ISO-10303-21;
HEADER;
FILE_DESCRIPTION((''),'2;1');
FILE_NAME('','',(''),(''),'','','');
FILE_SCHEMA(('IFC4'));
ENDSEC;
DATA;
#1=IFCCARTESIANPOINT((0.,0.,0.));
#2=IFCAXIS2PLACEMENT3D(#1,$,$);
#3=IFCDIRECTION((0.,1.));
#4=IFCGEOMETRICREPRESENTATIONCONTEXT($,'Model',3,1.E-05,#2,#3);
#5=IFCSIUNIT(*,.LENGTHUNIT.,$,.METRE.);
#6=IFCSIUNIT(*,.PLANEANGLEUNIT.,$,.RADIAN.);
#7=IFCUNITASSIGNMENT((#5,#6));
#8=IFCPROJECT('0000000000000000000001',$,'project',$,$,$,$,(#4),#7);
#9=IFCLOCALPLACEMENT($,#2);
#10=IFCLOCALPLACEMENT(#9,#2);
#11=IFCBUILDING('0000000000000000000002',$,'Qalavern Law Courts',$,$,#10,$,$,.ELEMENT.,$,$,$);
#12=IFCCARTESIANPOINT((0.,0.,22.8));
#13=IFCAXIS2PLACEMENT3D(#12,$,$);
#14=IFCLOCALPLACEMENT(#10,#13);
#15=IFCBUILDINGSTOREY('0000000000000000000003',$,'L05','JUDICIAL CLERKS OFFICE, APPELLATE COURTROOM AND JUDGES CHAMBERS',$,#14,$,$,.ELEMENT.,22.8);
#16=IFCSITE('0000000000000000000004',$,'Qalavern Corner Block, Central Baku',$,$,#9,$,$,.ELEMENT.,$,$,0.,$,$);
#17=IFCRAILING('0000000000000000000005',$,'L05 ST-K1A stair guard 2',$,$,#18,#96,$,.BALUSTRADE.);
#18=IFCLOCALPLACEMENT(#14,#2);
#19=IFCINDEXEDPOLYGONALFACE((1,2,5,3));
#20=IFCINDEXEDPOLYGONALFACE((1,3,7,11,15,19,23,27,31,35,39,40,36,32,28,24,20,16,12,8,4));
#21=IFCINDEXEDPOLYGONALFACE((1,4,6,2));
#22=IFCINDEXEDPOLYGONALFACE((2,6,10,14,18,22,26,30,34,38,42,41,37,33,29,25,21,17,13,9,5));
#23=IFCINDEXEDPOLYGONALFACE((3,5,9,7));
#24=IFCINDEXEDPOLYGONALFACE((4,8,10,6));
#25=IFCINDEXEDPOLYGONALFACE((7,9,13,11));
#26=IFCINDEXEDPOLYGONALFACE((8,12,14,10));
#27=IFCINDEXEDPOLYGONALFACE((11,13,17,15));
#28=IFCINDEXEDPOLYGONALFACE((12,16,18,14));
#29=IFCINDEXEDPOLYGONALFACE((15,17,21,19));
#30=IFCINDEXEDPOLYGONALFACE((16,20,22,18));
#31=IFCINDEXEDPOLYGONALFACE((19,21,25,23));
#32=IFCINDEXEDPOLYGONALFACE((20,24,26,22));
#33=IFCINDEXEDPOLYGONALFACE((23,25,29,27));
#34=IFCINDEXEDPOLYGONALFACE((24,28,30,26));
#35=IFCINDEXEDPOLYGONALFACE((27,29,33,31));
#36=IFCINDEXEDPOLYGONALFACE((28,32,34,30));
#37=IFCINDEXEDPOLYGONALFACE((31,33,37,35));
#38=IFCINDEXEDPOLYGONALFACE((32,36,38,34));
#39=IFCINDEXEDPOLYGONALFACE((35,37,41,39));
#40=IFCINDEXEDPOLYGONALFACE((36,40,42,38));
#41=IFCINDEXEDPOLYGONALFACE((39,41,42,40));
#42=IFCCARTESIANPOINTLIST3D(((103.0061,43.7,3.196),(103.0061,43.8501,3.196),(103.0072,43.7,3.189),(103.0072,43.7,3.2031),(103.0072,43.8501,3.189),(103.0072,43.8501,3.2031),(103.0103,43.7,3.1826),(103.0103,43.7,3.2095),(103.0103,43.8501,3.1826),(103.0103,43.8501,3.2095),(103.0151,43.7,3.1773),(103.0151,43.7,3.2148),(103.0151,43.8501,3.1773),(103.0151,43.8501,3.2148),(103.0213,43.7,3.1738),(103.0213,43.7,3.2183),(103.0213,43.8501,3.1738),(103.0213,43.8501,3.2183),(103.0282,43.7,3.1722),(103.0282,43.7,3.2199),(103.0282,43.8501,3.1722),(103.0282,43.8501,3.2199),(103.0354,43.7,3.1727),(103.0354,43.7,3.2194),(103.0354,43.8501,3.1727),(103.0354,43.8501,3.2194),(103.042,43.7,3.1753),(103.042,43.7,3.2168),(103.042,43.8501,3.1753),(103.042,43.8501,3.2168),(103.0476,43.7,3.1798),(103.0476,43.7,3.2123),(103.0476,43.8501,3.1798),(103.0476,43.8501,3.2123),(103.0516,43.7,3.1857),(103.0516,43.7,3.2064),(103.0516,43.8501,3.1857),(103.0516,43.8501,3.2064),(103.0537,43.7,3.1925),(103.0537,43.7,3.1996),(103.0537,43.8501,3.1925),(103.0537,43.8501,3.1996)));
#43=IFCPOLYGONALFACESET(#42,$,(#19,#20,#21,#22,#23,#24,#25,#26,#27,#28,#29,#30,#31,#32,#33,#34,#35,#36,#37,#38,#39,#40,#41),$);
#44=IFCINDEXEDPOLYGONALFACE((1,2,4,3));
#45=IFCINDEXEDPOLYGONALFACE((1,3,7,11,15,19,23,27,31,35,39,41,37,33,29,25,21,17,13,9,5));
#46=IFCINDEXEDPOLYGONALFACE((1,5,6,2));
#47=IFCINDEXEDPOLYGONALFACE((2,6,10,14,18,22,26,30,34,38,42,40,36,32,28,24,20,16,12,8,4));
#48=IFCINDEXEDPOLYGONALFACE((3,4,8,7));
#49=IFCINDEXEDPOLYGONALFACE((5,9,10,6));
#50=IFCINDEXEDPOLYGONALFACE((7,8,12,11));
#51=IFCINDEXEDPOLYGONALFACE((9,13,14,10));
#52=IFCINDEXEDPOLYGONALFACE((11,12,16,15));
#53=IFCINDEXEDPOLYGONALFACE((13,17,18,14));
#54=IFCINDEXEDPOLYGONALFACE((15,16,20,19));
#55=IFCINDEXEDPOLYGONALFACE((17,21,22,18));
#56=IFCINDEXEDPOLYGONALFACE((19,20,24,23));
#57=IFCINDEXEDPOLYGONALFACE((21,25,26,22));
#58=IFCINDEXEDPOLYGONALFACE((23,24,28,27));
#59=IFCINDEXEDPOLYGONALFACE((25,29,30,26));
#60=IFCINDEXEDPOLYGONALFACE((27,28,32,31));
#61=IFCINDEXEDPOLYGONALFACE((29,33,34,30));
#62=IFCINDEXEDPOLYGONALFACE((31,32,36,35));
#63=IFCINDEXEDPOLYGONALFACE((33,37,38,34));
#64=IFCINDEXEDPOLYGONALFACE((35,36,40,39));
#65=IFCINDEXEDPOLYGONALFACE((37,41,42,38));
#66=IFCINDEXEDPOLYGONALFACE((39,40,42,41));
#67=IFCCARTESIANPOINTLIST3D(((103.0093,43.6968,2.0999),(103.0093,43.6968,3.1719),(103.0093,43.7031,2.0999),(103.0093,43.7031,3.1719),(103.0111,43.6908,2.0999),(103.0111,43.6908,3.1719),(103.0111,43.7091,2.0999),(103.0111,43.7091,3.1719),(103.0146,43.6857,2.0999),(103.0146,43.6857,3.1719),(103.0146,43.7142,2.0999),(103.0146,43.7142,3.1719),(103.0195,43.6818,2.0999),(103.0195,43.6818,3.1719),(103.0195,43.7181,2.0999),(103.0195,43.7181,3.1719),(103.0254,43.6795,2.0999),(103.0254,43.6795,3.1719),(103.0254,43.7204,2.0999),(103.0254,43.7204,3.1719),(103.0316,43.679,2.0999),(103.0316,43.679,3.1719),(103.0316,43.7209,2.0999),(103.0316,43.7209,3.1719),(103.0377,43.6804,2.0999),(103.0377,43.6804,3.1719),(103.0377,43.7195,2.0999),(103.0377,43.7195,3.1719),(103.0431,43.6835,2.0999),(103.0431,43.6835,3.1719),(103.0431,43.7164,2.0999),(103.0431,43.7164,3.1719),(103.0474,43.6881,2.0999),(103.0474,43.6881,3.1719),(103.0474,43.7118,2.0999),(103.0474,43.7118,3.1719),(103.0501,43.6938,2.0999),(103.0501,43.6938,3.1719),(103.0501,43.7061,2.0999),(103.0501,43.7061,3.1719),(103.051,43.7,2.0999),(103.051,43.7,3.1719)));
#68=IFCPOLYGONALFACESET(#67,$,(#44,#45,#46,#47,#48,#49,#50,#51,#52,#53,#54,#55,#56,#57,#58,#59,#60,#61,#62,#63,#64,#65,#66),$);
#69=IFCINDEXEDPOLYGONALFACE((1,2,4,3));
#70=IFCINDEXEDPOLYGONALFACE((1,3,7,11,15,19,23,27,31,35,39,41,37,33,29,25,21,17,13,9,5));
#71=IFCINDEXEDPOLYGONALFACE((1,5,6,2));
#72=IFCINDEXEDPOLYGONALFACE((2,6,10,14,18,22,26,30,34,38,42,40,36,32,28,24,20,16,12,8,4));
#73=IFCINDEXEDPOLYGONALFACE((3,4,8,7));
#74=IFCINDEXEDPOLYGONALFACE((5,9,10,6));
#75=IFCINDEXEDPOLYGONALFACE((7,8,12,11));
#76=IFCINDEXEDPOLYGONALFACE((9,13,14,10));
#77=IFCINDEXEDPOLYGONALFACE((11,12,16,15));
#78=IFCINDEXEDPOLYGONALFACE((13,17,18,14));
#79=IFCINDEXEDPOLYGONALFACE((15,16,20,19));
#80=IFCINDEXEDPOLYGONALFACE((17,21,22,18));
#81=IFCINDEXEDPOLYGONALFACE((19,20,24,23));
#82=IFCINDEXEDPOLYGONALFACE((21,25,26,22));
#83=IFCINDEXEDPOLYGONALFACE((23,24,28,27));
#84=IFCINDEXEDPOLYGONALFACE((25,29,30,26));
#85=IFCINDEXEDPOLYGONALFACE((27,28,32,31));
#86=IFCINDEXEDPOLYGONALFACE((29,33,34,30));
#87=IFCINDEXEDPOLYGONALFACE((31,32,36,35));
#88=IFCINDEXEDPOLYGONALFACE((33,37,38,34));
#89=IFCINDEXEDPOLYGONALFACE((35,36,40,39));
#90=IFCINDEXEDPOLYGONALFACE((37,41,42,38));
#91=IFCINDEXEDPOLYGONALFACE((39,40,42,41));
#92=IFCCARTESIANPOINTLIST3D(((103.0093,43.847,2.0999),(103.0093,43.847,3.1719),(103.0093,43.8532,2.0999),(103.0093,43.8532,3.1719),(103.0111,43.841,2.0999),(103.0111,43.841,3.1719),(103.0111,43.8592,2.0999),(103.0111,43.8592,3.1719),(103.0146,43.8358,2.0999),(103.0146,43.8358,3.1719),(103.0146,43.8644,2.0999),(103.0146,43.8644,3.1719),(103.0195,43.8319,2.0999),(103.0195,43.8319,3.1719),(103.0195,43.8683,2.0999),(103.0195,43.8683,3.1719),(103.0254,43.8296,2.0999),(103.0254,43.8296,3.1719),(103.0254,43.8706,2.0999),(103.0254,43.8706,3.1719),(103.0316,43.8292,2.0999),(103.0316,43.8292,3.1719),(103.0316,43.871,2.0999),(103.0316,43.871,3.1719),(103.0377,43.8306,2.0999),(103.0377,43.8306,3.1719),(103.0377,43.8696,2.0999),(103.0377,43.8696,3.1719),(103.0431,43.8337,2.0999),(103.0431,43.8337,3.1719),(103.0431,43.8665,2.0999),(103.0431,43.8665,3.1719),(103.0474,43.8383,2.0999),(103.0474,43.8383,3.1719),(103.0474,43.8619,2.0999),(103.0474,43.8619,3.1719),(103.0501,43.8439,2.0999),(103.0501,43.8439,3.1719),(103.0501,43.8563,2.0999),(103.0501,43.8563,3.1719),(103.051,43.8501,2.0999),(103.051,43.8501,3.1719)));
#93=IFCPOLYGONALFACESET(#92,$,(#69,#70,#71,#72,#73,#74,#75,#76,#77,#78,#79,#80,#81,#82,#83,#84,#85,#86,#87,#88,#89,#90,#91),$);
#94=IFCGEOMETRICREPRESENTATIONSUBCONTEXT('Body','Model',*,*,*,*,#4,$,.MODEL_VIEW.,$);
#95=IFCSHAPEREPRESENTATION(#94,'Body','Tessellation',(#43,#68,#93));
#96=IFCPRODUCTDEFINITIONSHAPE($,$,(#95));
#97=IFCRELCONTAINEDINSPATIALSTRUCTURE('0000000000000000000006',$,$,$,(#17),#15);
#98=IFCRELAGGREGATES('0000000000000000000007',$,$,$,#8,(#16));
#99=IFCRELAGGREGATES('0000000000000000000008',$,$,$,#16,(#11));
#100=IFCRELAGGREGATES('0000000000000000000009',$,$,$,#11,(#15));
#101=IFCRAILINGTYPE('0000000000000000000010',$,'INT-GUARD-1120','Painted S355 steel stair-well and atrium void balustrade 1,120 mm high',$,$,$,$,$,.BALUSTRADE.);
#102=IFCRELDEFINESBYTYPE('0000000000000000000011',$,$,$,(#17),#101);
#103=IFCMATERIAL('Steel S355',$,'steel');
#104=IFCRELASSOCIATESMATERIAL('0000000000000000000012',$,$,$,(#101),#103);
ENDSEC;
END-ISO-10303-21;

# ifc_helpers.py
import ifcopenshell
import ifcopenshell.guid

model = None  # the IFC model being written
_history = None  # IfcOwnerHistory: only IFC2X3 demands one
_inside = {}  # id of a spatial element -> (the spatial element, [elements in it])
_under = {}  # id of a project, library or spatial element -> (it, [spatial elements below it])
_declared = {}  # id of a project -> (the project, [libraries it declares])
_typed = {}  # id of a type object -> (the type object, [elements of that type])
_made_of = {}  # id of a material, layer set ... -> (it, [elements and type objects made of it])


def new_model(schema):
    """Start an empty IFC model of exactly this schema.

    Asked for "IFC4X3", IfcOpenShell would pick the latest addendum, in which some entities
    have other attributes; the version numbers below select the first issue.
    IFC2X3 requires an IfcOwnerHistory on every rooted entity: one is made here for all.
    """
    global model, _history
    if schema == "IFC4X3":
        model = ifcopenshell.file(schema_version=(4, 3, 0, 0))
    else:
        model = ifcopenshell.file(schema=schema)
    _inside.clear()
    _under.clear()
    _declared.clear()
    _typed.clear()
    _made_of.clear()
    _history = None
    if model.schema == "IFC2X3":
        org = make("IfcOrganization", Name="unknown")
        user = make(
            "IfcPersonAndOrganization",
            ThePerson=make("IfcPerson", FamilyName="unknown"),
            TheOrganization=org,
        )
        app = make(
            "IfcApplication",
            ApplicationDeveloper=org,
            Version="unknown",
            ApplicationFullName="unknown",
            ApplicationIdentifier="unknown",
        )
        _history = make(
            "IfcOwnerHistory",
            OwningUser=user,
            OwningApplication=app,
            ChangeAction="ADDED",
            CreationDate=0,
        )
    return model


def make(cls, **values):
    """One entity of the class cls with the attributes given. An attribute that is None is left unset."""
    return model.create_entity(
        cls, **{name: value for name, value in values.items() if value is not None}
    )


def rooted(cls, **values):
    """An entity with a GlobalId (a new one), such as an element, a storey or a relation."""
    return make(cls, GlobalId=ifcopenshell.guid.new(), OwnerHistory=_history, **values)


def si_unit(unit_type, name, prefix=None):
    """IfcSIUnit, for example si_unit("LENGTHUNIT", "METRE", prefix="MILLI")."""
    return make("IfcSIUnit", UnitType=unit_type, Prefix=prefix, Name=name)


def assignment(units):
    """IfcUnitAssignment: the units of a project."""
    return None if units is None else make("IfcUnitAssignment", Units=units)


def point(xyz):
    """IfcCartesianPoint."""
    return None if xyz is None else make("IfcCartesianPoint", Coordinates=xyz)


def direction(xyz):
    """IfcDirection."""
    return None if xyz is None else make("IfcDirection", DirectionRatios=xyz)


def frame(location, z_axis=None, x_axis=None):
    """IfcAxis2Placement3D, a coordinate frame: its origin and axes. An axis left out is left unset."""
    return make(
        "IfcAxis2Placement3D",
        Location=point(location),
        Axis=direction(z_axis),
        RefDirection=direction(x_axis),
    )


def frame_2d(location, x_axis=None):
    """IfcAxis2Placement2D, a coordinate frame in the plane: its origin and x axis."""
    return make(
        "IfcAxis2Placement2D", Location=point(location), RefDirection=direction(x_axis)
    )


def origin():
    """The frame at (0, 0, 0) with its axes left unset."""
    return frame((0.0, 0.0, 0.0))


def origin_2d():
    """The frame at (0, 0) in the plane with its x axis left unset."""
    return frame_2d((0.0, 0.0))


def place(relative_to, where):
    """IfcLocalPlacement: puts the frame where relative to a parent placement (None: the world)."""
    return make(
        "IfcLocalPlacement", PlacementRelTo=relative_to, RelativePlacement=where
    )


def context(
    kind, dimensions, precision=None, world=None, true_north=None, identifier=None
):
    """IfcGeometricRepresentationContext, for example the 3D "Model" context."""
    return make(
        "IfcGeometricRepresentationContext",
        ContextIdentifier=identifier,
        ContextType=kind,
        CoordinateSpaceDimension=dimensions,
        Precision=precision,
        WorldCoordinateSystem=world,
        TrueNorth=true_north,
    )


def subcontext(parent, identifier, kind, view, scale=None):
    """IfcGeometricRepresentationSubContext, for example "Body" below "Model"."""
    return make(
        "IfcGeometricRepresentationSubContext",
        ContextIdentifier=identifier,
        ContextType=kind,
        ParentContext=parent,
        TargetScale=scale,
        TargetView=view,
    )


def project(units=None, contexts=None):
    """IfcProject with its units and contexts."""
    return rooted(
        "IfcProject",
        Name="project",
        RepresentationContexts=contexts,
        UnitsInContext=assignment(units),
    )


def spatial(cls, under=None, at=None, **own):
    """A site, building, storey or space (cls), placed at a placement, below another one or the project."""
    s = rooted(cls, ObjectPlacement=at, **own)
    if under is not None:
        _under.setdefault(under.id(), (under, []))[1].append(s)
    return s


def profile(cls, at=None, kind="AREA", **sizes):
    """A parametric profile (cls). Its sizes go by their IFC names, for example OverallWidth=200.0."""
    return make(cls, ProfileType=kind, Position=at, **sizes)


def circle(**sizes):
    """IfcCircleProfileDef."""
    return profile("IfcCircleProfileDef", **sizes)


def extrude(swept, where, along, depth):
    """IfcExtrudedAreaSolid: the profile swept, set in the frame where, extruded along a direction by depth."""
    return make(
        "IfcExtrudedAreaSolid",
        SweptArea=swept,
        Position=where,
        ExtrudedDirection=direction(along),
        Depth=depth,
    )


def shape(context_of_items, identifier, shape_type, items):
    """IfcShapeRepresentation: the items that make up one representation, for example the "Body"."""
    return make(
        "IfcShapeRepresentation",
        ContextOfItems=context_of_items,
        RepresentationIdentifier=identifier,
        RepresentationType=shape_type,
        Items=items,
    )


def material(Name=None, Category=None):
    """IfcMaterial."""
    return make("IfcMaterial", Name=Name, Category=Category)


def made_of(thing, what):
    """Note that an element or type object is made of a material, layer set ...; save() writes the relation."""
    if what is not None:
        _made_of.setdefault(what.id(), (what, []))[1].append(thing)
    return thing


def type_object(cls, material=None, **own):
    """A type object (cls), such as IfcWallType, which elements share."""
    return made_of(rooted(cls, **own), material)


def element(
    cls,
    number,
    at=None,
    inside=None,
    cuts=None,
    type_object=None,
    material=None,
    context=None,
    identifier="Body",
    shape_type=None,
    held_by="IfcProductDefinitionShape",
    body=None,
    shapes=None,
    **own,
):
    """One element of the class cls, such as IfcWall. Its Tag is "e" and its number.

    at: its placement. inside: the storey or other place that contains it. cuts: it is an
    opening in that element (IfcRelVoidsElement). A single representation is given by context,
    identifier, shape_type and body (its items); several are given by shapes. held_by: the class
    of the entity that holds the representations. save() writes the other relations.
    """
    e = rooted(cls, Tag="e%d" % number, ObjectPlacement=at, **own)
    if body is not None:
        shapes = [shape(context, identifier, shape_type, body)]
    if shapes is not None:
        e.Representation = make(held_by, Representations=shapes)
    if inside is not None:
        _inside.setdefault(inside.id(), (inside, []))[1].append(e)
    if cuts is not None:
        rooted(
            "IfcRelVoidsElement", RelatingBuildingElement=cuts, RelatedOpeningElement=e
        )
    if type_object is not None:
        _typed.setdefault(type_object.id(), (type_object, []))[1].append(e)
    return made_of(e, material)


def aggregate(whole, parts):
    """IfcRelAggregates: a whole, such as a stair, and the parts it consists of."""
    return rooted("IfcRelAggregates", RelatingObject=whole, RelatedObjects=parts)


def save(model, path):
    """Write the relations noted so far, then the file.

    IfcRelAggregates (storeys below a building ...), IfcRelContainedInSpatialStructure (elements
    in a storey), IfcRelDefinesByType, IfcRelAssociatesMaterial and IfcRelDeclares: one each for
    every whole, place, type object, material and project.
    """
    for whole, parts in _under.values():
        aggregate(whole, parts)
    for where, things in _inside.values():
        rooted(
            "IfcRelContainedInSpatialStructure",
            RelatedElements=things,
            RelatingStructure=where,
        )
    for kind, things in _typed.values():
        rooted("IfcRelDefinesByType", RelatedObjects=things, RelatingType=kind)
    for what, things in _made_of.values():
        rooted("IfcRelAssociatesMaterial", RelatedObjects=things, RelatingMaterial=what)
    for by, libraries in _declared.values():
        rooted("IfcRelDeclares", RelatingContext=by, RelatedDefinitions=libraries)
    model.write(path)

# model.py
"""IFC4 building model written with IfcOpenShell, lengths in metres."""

from ifc_helpers import new_model, si_unit, direction, frame, origin, origin_2d, place, context, subcontext, project, spatial, circle, extrude, material, type_object, element, save


model = new_model("IFC4")

# Units and contexts
model_context = context("Model", 3, precision=1e-05, world=origin(), true_north=direction((0.0, 1.0)))
body_context = subcontext(model_context, "Body", "Model", "MODEL_VIEW")
ifc_project = project(units=[si_unit("LENGTHUNIT", "METRE"), si_unit("PLANEANGLEUNIT", "RADIAN")], contexts=[model_context])

# Site, building, storey
site_placement = place(None, origin())
site = spatial("IfcSite", under=ifc_project, at=site_placement, Name="Qalavern Corner Block, Central Baku", CompositionType="ELEMENT", RefElevation=0.0)
building_placement = place(site_placement, origin())
building = spatial("IfcBuilding", under=site, at=building_placement, Name="Qalavern Law Courts", CompositionType="ELEMENT")
storey_placement = place(building_placement, frame((0.0, 0.0, 22.8)))
storey = spatial("IfcBuildingStorey", under=building, at=storey_placement, Name="L05", Description="JUDICIAL CLERKS OFFICE, APPELLATE COURTROOM AND JUDGES CHAMBERS", CompositionType="ELEMENT", Elevation=22.8)

# Railing
ifc_material_1 = material(Name="Steel S355", Category="steel")
railing_type_1 = type_object("IfcRailingType", Name="INT-GUARD-1120", Description="Painted S355 steel stair-well and atrium void balustrade 1,120 mm high", PredefinedType="BALUSTRADE", material=ifc_material_1)
railing_1_placement = place(storey_placement, frame((103.03, 43.7, 2.0999)))
element("IfcRailing", 1, at=railing_1_placement, inside=storey, type_object=railing_type_1, Name="L05 ST-K1A stair guard 2", PredefinedType="BALUSTRADE", context=body_context, shape_type="SweptSolid", body=[
    extrude(circle(Radius=0.0239, at=origin_2d()), frame((0.0, 0.0, 1.0962), z_axis=(0.0, 1.0, 0.0), x_axis=(-1.0, 0.0, 0.0)), (0.0, 0.0, 1.0), 0.1501),
    extrude(circle(Radius=0.021, at=origin_2d()), origin(), (0.0, 0.0, 1.0), 1.072),
    extrude(circle(Radius=0.021, at=origin_2d()), frame((0.0, 0.1501, 0.0)), (0.0, 0.0, 1.0), 1.072),
])

save(model, "model.ifc")
